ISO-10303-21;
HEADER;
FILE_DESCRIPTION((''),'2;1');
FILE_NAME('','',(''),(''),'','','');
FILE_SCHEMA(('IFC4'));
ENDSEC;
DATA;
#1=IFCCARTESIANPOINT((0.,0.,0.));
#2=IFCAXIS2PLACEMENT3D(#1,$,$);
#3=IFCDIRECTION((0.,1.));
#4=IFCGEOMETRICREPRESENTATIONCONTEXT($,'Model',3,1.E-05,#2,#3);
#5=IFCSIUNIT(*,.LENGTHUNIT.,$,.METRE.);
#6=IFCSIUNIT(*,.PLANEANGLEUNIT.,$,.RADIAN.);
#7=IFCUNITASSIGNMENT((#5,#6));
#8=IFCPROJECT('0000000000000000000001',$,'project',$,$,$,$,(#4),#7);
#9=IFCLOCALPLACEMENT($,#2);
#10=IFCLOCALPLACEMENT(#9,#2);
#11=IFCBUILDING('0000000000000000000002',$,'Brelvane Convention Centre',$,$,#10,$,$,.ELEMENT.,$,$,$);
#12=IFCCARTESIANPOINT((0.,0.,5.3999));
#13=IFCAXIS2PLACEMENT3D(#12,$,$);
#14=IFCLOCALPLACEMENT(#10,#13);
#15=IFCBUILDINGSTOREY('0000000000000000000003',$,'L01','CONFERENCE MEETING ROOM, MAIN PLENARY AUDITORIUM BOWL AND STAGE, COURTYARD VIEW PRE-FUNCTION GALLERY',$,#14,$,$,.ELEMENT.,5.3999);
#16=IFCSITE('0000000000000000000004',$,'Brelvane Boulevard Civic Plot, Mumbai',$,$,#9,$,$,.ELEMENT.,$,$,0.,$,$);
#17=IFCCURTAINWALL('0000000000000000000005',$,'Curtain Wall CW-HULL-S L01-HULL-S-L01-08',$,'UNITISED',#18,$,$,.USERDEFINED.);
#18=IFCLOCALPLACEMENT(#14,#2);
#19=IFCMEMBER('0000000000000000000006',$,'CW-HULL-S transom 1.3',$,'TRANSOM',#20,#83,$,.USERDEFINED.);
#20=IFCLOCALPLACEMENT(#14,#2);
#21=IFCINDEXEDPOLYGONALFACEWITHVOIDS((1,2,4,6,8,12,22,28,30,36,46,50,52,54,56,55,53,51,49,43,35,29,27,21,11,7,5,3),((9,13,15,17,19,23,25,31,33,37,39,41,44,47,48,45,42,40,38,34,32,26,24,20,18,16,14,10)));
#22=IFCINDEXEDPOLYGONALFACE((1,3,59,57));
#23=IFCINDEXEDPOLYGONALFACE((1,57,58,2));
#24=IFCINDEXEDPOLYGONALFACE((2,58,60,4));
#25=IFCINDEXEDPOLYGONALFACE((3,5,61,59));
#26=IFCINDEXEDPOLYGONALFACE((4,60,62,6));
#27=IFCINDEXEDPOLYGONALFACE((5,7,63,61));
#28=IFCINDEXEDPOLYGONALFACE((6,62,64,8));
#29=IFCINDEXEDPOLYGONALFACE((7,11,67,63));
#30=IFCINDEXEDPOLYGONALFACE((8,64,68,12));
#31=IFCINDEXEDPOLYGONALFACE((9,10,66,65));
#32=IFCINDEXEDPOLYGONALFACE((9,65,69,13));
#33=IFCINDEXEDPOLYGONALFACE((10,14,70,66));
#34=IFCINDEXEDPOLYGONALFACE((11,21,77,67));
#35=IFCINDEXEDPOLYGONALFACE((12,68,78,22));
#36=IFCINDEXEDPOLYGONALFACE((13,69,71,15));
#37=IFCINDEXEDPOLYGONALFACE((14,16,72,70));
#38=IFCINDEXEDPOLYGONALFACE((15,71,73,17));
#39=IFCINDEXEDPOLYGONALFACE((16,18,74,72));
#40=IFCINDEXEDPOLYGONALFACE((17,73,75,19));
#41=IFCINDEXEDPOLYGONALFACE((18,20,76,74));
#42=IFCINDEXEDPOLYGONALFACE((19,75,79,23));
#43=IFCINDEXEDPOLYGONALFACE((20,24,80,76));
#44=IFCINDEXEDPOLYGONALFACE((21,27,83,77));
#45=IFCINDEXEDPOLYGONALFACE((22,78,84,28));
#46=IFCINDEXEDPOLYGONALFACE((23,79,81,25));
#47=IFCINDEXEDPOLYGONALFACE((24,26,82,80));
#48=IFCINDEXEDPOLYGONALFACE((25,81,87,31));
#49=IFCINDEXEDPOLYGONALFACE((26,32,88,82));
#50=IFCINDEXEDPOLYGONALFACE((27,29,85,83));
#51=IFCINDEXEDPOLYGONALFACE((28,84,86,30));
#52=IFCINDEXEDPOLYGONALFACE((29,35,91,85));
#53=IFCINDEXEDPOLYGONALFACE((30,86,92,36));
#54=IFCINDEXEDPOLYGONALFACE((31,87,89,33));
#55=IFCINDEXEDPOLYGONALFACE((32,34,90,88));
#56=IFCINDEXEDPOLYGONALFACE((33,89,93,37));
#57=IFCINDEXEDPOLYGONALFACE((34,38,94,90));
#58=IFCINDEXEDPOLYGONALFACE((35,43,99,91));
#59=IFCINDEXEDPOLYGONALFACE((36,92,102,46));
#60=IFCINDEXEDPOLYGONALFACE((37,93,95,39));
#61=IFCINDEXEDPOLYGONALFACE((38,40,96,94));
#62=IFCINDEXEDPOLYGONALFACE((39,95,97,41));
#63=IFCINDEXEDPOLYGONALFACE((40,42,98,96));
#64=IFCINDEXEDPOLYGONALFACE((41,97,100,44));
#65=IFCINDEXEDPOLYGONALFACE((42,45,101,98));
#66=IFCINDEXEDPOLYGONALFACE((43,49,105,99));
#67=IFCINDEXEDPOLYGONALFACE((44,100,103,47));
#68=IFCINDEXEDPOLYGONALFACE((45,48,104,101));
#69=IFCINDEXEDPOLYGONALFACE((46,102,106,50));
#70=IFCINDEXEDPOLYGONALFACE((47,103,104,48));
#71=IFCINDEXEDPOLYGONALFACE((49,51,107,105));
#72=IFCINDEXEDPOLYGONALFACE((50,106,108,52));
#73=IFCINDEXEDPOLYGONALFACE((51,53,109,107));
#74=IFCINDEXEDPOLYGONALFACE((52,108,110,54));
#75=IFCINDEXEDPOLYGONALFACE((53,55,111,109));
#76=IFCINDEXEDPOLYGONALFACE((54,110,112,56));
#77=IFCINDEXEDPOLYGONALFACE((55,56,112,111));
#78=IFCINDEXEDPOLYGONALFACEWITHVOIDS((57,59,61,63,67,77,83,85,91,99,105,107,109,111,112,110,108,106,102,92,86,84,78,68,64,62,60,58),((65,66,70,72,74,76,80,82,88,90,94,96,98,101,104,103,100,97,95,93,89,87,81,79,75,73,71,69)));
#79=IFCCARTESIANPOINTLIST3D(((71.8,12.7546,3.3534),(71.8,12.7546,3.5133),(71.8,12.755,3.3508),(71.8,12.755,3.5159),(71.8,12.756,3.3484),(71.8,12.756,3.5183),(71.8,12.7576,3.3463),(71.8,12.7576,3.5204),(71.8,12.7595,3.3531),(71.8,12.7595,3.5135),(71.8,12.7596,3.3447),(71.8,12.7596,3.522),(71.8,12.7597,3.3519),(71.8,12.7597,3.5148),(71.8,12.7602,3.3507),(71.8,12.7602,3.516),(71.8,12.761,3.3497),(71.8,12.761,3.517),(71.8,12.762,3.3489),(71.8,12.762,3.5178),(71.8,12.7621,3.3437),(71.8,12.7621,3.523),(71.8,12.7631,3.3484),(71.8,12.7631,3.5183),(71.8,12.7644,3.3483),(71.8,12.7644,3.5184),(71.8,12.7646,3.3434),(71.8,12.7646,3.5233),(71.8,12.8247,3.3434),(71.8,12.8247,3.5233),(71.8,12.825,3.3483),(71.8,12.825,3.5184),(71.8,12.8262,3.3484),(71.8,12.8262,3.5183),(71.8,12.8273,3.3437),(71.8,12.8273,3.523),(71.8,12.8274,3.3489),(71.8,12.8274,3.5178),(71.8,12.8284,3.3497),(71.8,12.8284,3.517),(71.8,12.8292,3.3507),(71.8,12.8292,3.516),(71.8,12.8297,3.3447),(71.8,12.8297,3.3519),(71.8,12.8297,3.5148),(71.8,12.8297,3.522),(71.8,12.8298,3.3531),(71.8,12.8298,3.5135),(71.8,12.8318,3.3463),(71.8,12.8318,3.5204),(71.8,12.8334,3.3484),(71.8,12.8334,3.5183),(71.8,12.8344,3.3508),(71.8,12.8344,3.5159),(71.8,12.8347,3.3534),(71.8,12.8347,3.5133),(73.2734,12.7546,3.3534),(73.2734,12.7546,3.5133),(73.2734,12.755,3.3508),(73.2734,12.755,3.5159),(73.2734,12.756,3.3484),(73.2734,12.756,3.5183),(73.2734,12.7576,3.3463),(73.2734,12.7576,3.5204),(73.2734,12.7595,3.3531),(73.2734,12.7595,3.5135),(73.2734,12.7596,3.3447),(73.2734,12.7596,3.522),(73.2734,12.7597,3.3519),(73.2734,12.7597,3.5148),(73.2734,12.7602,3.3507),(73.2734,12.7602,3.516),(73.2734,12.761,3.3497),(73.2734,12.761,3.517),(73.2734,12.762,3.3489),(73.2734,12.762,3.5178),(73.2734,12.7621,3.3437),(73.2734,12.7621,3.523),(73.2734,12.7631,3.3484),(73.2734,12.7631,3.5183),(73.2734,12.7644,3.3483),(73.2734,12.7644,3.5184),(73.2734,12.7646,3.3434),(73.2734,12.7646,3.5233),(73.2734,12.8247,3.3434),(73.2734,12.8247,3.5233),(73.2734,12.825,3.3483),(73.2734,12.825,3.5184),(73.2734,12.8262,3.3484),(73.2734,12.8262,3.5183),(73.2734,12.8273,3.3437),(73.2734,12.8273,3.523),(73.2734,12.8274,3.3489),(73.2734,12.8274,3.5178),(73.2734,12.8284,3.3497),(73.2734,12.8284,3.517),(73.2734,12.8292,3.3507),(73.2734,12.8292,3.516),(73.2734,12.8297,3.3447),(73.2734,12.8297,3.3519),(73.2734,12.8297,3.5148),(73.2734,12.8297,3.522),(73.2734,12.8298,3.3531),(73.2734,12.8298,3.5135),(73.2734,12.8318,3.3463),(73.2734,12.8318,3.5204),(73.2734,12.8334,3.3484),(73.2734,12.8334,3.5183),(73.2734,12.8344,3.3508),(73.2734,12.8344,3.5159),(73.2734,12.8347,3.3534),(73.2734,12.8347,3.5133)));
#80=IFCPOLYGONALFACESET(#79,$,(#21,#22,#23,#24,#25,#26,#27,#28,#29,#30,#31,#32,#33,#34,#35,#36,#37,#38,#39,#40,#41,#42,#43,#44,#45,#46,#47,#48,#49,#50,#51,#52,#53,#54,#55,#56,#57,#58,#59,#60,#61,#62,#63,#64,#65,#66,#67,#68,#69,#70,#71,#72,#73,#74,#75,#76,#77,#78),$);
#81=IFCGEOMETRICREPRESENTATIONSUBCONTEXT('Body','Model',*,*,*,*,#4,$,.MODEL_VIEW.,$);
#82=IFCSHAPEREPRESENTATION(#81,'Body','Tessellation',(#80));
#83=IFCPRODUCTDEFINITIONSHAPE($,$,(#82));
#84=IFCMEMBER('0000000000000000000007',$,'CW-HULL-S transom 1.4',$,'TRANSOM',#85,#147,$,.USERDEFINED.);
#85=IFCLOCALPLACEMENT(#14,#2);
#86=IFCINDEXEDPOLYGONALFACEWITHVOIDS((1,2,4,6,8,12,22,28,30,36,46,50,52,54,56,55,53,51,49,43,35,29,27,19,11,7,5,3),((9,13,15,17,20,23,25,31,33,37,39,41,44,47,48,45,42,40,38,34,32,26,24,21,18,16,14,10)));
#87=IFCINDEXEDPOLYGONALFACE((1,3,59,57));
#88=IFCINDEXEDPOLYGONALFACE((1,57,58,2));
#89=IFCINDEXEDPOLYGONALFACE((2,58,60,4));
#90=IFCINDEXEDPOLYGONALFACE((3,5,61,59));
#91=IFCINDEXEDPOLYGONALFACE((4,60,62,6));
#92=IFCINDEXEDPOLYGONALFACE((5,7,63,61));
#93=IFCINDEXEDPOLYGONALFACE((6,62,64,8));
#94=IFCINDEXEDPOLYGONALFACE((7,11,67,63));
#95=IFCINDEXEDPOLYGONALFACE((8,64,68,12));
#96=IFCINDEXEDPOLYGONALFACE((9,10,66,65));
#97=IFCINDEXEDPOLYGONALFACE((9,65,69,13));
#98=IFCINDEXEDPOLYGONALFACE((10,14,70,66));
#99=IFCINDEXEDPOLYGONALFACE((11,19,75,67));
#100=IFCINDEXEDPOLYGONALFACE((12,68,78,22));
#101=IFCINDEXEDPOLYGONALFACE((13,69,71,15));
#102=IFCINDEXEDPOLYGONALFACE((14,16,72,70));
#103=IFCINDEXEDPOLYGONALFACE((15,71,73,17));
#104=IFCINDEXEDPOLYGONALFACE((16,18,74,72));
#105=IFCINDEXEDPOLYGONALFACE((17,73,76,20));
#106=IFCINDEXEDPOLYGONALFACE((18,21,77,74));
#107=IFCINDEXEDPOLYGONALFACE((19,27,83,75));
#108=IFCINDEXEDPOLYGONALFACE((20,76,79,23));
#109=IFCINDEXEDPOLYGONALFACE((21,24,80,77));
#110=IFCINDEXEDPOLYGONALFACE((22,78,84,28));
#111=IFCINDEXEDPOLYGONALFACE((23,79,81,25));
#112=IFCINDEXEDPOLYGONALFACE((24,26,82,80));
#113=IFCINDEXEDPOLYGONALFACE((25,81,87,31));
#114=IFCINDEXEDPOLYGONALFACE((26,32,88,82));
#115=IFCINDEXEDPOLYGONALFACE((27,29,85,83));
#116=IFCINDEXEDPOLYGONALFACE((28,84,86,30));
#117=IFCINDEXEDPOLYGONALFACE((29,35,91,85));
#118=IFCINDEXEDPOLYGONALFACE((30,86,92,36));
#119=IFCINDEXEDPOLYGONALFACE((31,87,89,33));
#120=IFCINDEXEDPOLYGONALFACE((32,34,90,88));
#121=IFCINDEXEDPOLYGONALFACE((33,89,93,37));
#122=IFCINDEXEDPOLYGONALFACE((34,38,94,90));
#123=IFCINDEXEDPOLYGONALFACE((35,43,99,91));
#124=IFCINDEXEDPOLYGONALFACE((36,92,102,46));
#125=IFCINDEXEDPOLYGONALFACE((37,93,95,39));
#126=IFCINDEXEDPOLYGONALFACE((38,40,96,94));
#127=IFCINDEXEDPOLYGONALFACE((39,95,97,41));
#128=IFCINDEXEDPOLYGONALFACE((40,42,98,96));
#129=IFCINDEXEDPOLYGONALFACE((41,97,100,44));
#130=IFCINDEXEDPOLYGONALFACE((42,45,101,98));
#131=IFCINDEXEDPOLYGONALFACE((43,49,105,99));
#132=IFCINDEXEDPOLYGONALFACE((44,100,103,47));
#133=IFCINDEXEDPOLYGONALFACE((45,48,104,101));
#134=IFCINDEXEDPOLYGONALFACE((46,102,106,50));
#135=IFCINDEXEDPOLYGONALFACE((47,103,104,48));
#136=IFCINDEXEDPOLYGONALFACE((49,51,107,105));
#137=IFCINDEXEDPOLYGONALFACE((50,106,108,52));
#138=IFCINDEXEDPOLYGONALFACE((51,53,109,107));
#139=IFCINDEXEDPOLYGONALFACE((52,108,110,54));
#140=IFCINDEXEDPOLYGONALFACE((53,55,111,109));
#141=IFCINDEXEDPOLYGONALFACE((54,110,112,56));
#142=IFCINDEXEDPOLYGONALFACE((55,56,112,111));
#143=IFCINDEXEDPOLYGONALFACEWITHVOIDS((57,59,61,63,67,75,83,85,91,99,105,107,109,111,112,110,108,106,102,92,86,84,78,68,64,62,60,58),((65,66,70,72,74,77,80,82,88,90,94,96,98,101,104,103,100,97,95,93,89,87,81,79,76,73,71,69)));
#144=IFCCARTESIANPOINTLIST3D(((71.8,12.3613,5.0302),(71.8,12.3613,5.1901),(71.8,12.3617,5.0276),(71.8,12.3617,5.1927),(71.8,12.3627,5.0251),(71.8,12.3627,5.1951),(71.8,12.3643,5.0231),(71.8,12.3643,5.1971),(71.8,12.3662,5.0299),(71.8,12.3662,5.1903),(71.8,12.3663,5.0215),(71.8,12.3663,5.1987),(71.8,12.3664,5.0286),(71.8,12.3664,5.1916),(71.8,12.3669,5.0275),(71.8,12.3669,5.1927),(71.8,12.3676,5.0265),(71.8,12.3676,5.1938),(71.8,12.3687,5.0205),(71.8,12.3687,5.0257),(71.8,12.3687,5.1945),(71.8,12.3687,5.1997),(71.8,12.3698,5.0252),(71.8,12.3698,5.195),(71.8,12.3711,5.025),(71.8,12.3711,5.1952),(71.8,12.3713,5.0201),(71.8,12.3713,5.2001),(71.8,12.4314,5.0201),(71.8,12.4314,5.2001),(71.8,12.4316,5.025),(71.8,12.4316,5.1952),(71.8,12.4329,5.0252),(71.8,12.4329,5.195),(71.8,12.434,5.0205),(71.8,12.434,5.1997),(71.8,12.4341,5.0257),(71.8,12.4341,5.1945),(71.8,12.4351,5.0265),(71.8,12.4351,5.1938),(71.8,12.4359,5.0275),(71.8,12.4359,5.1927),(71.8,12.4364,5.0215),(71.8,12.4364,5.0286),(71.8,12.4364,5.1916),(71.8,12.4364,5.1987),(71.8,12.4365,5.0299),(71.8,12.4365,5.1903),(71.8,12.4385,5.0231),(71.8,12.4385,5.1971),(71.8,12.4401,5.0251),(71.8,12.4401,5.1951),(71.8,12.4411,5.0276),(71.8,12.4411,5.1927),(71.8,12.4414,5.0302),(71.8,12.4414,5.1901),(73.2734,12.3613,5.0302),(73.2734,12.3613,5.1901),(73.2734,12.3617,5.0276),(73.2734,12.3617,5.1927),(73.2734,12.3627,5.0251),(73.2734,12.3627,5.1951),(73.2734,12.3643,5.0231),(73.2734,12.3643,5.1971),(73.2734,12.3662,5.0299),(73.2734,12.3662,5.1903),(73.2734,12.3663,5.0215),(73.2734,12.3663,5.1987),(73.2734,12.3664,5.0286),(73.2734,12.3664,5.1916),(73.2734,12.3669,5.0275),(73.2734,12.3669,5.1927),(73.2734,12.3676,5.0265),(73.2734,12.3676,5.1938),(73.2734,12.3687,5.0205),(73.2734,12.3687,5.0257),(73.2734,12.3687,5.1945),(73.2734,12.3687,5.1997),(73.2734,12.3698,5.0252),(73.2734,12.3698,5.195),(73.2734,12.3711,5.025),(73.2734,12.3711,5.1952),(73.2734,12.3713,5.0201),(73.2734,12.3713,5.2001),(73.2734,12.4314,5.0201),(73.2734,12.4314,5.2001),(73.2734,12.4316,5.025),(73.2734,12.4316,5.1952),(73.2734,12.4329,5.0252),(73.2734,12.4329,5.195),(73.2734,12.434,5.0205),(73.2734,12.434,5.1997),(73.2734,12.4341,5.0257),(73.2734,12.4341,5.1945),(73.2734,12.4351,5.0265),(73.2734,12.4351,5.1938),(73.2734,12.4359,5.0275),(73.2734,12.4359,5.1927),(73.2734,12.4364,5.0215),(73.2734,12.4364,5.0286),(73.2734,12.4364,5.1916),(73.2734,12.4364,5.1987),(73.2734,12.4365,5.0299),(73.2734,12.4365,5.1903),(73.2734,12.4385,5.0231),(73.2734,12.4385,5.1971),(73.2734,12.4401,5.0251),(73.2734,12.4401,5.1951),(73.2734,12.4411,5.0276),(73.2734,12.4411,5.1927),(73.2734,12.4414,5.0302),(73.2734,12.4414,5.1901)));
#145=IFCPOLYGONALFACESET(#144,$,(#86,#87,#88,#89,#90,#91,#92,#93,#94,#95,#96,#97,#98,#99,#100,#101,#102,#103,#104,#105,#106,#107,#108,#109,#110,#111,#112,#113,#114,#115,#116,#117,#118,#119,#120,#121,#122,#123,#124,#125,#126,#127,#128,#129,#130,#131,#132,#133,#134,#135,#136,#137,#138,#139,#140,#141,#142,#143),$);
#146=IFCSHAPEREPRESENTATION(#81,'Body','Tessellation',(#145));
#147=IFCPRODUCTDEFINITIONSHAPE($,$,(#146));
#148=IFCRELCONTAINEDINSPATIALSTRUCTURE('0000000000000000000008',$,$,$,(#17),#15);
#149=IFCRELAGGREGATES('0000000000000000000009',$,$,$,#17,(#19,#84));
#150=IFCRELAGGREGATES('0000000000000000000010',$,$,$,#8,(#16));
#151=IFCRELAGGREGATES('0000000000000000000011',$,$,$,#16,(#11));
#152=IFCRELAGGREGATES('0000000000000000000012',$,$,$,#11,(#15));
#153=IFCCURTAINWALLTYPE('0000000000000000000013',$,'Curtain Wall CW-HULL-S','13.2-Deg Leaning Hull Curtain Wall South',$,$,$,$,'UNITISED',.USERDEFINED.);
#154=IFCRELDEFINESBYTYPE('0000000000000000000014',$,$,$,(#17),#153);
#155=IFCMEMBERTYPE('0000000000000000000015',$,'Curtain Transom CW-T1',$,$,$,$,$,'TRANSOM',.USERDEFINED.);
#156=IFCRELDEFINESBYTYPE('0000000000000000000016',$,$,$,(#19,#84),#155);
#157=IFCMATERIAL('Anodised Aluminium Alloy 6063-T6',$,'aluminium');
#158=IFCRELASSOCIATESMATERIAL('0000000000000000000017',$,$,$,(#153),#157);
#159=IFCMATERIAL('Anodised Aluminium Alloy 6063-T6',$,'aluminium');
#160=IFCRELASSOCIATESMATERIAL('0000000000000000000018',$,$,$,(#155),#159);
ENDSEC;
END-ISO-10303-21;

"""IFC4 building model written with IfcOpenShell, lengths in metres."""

from ifc_helpers import new_model, si_unit, direction, frame, origin, origin_2d, place, context, subcontext, project, spatial, hollow_rectangle, extrude, material, material_profile, profile_set, type_object, element, aggregate, save


model = new_model("IFC4")

# Units and contexts
model_context = context("Model", 3, precision=1e-05, world=origin(), true_north=direction((0.0, 1.0)))
body_context = subcontext(model_context, "Body", "Model", "MODEL_VIEW")
ifc_project = project(units=[si_unit("LENGTHUNIT", "METRE"), si_unit("PLANEANGLEUNIT", "RADIAN")], contexts=[model_context])

# Site, building, storey
site_placement = place(None, origin())
site = spatial("IfcSite", under=ifc_project, at=site_placement, Name="Brelvane Boulevard Civic Plot, Mumbai", CompositionType="ELEMENT", RefElevation=0.0)
building_placement = place(site_placement, origin())
building = spatial("IfcBuilding", under=site, at=building_placement, Name="Brelvane Convention Centre", CompositionType="ELEMENT")
storey_placement = place(building_placement, frame((0.0, 0.0, 5.3999)))
storey = spatial("IfcBuildingStorey", under=building, at=storey_placement, Name="L01", Description="CONFERENCE MEETING ROOM, MAIN PLENARY AUDITORIUM BOWL AND STAGE, COURTYARD VIEW PRE-FUNCTION GALLERY", CompositionType="ELEMENT", Elevation=5.3999)

# Curtain wall, members
ifc_material_1 = material(Name="Anodised Aluminium Alloy 6063-T6", Category="aluminium")
curtain_wall_type = type_object("IfcCurtainWallType", Name="Curtain Wall CW-HULL-S", Description="13.2-Deg Leaning Hull Curtain Wall South", ElementType="UNITISED", PredefinedType="USERDEFINED", material=ifc_material_1)
ifc_material_2 = material(Name="Anodised Aluminium Alloy 6063-T6", Category="aluminium")
ifc_material_profile = material_profile(ifc_material_2, hollow_rectangle(XDim=0.0801, YDim=0.1799, WallThickness=0.0049, InnerFilletRadius=0.0049, OuterFilletRadius=0.01, at=origin_2d()), Name="ALU-T 180x80x5.0")
ifc_profile_set = profile_set([ifc_material_profile], Name="Anodised Aluminium Alloy 6063-T6")
member_type = type_object("IfcMemberType", Name="Curtain Transom CW-T1", ElementType="TRANSOM", PredefinedType="USERDEFINED", material=ifc_profile_set)
curtain_wall_1_placement = place(storey_placement, origin())
curtain_wall_1 = element("IfcCurtainWall", 1, at=curtain_wall_1_placement, inside=storey, type_object=curtain_wall_type, Name="Curtain Wall CW-HULL-S L01-HULL-S-L01-08", ObjectType="UNITISED", PredefinedType="USERDEFINED")
member_1_placement = place(storey_placement, frame((71.8, 12.7947, 3.4333), z_axis=(1.0, 0.0, 0.0), x_axis=(0.0, 1.0, 0.0)))
member_1 = element("IfcMember", 2, at=member_1_placement, type_object=member_type, Name="CW-HULL-S transom 1.3", ObjectType="TRANSOM", PredefinedType="USERDEFINED", context=body_context, shape_type="SweptSolid", body=[
    extrude(hollow_rectangle(XDim=0.0801, YDim=0.1799, WallThickness=0.0049, InnerFilletRadius=0.0049, OuterFilletRadius=0.01, at=origin_2d()), origin(), (0.0, 0.0, 1.0), 1.4734),
])
member_2_placement = place(storey_placement, frame((71.8, 12.4014, 5.1101), z_axis=(1.0, 0.0, 0.0), x_axis=(0.0, 1.0, 0.0)))
member_2 = element("IfcMember", 3, at=member_2_placement, type_object=member_type, Name="CW-HULL-S transom 1.4", ObjectType="TRANSOM", PredefinedType="USERDEFINED", context=body_context, shape_type="SweptSolid", body=[
    extrude(hollow_rectangle(XDim=0.0801, YDim=0.1799, WallThickness=0.0049, InnerFilletRadius=0.0049, OuterFilletRadius=0.01, at=origin_2d()), origin(), (0.0, 0.0, 1.0), 1.4734),
])

aggregate(curtain_wall_1, [member_1, member_2])

save(model, "model.ifc")
